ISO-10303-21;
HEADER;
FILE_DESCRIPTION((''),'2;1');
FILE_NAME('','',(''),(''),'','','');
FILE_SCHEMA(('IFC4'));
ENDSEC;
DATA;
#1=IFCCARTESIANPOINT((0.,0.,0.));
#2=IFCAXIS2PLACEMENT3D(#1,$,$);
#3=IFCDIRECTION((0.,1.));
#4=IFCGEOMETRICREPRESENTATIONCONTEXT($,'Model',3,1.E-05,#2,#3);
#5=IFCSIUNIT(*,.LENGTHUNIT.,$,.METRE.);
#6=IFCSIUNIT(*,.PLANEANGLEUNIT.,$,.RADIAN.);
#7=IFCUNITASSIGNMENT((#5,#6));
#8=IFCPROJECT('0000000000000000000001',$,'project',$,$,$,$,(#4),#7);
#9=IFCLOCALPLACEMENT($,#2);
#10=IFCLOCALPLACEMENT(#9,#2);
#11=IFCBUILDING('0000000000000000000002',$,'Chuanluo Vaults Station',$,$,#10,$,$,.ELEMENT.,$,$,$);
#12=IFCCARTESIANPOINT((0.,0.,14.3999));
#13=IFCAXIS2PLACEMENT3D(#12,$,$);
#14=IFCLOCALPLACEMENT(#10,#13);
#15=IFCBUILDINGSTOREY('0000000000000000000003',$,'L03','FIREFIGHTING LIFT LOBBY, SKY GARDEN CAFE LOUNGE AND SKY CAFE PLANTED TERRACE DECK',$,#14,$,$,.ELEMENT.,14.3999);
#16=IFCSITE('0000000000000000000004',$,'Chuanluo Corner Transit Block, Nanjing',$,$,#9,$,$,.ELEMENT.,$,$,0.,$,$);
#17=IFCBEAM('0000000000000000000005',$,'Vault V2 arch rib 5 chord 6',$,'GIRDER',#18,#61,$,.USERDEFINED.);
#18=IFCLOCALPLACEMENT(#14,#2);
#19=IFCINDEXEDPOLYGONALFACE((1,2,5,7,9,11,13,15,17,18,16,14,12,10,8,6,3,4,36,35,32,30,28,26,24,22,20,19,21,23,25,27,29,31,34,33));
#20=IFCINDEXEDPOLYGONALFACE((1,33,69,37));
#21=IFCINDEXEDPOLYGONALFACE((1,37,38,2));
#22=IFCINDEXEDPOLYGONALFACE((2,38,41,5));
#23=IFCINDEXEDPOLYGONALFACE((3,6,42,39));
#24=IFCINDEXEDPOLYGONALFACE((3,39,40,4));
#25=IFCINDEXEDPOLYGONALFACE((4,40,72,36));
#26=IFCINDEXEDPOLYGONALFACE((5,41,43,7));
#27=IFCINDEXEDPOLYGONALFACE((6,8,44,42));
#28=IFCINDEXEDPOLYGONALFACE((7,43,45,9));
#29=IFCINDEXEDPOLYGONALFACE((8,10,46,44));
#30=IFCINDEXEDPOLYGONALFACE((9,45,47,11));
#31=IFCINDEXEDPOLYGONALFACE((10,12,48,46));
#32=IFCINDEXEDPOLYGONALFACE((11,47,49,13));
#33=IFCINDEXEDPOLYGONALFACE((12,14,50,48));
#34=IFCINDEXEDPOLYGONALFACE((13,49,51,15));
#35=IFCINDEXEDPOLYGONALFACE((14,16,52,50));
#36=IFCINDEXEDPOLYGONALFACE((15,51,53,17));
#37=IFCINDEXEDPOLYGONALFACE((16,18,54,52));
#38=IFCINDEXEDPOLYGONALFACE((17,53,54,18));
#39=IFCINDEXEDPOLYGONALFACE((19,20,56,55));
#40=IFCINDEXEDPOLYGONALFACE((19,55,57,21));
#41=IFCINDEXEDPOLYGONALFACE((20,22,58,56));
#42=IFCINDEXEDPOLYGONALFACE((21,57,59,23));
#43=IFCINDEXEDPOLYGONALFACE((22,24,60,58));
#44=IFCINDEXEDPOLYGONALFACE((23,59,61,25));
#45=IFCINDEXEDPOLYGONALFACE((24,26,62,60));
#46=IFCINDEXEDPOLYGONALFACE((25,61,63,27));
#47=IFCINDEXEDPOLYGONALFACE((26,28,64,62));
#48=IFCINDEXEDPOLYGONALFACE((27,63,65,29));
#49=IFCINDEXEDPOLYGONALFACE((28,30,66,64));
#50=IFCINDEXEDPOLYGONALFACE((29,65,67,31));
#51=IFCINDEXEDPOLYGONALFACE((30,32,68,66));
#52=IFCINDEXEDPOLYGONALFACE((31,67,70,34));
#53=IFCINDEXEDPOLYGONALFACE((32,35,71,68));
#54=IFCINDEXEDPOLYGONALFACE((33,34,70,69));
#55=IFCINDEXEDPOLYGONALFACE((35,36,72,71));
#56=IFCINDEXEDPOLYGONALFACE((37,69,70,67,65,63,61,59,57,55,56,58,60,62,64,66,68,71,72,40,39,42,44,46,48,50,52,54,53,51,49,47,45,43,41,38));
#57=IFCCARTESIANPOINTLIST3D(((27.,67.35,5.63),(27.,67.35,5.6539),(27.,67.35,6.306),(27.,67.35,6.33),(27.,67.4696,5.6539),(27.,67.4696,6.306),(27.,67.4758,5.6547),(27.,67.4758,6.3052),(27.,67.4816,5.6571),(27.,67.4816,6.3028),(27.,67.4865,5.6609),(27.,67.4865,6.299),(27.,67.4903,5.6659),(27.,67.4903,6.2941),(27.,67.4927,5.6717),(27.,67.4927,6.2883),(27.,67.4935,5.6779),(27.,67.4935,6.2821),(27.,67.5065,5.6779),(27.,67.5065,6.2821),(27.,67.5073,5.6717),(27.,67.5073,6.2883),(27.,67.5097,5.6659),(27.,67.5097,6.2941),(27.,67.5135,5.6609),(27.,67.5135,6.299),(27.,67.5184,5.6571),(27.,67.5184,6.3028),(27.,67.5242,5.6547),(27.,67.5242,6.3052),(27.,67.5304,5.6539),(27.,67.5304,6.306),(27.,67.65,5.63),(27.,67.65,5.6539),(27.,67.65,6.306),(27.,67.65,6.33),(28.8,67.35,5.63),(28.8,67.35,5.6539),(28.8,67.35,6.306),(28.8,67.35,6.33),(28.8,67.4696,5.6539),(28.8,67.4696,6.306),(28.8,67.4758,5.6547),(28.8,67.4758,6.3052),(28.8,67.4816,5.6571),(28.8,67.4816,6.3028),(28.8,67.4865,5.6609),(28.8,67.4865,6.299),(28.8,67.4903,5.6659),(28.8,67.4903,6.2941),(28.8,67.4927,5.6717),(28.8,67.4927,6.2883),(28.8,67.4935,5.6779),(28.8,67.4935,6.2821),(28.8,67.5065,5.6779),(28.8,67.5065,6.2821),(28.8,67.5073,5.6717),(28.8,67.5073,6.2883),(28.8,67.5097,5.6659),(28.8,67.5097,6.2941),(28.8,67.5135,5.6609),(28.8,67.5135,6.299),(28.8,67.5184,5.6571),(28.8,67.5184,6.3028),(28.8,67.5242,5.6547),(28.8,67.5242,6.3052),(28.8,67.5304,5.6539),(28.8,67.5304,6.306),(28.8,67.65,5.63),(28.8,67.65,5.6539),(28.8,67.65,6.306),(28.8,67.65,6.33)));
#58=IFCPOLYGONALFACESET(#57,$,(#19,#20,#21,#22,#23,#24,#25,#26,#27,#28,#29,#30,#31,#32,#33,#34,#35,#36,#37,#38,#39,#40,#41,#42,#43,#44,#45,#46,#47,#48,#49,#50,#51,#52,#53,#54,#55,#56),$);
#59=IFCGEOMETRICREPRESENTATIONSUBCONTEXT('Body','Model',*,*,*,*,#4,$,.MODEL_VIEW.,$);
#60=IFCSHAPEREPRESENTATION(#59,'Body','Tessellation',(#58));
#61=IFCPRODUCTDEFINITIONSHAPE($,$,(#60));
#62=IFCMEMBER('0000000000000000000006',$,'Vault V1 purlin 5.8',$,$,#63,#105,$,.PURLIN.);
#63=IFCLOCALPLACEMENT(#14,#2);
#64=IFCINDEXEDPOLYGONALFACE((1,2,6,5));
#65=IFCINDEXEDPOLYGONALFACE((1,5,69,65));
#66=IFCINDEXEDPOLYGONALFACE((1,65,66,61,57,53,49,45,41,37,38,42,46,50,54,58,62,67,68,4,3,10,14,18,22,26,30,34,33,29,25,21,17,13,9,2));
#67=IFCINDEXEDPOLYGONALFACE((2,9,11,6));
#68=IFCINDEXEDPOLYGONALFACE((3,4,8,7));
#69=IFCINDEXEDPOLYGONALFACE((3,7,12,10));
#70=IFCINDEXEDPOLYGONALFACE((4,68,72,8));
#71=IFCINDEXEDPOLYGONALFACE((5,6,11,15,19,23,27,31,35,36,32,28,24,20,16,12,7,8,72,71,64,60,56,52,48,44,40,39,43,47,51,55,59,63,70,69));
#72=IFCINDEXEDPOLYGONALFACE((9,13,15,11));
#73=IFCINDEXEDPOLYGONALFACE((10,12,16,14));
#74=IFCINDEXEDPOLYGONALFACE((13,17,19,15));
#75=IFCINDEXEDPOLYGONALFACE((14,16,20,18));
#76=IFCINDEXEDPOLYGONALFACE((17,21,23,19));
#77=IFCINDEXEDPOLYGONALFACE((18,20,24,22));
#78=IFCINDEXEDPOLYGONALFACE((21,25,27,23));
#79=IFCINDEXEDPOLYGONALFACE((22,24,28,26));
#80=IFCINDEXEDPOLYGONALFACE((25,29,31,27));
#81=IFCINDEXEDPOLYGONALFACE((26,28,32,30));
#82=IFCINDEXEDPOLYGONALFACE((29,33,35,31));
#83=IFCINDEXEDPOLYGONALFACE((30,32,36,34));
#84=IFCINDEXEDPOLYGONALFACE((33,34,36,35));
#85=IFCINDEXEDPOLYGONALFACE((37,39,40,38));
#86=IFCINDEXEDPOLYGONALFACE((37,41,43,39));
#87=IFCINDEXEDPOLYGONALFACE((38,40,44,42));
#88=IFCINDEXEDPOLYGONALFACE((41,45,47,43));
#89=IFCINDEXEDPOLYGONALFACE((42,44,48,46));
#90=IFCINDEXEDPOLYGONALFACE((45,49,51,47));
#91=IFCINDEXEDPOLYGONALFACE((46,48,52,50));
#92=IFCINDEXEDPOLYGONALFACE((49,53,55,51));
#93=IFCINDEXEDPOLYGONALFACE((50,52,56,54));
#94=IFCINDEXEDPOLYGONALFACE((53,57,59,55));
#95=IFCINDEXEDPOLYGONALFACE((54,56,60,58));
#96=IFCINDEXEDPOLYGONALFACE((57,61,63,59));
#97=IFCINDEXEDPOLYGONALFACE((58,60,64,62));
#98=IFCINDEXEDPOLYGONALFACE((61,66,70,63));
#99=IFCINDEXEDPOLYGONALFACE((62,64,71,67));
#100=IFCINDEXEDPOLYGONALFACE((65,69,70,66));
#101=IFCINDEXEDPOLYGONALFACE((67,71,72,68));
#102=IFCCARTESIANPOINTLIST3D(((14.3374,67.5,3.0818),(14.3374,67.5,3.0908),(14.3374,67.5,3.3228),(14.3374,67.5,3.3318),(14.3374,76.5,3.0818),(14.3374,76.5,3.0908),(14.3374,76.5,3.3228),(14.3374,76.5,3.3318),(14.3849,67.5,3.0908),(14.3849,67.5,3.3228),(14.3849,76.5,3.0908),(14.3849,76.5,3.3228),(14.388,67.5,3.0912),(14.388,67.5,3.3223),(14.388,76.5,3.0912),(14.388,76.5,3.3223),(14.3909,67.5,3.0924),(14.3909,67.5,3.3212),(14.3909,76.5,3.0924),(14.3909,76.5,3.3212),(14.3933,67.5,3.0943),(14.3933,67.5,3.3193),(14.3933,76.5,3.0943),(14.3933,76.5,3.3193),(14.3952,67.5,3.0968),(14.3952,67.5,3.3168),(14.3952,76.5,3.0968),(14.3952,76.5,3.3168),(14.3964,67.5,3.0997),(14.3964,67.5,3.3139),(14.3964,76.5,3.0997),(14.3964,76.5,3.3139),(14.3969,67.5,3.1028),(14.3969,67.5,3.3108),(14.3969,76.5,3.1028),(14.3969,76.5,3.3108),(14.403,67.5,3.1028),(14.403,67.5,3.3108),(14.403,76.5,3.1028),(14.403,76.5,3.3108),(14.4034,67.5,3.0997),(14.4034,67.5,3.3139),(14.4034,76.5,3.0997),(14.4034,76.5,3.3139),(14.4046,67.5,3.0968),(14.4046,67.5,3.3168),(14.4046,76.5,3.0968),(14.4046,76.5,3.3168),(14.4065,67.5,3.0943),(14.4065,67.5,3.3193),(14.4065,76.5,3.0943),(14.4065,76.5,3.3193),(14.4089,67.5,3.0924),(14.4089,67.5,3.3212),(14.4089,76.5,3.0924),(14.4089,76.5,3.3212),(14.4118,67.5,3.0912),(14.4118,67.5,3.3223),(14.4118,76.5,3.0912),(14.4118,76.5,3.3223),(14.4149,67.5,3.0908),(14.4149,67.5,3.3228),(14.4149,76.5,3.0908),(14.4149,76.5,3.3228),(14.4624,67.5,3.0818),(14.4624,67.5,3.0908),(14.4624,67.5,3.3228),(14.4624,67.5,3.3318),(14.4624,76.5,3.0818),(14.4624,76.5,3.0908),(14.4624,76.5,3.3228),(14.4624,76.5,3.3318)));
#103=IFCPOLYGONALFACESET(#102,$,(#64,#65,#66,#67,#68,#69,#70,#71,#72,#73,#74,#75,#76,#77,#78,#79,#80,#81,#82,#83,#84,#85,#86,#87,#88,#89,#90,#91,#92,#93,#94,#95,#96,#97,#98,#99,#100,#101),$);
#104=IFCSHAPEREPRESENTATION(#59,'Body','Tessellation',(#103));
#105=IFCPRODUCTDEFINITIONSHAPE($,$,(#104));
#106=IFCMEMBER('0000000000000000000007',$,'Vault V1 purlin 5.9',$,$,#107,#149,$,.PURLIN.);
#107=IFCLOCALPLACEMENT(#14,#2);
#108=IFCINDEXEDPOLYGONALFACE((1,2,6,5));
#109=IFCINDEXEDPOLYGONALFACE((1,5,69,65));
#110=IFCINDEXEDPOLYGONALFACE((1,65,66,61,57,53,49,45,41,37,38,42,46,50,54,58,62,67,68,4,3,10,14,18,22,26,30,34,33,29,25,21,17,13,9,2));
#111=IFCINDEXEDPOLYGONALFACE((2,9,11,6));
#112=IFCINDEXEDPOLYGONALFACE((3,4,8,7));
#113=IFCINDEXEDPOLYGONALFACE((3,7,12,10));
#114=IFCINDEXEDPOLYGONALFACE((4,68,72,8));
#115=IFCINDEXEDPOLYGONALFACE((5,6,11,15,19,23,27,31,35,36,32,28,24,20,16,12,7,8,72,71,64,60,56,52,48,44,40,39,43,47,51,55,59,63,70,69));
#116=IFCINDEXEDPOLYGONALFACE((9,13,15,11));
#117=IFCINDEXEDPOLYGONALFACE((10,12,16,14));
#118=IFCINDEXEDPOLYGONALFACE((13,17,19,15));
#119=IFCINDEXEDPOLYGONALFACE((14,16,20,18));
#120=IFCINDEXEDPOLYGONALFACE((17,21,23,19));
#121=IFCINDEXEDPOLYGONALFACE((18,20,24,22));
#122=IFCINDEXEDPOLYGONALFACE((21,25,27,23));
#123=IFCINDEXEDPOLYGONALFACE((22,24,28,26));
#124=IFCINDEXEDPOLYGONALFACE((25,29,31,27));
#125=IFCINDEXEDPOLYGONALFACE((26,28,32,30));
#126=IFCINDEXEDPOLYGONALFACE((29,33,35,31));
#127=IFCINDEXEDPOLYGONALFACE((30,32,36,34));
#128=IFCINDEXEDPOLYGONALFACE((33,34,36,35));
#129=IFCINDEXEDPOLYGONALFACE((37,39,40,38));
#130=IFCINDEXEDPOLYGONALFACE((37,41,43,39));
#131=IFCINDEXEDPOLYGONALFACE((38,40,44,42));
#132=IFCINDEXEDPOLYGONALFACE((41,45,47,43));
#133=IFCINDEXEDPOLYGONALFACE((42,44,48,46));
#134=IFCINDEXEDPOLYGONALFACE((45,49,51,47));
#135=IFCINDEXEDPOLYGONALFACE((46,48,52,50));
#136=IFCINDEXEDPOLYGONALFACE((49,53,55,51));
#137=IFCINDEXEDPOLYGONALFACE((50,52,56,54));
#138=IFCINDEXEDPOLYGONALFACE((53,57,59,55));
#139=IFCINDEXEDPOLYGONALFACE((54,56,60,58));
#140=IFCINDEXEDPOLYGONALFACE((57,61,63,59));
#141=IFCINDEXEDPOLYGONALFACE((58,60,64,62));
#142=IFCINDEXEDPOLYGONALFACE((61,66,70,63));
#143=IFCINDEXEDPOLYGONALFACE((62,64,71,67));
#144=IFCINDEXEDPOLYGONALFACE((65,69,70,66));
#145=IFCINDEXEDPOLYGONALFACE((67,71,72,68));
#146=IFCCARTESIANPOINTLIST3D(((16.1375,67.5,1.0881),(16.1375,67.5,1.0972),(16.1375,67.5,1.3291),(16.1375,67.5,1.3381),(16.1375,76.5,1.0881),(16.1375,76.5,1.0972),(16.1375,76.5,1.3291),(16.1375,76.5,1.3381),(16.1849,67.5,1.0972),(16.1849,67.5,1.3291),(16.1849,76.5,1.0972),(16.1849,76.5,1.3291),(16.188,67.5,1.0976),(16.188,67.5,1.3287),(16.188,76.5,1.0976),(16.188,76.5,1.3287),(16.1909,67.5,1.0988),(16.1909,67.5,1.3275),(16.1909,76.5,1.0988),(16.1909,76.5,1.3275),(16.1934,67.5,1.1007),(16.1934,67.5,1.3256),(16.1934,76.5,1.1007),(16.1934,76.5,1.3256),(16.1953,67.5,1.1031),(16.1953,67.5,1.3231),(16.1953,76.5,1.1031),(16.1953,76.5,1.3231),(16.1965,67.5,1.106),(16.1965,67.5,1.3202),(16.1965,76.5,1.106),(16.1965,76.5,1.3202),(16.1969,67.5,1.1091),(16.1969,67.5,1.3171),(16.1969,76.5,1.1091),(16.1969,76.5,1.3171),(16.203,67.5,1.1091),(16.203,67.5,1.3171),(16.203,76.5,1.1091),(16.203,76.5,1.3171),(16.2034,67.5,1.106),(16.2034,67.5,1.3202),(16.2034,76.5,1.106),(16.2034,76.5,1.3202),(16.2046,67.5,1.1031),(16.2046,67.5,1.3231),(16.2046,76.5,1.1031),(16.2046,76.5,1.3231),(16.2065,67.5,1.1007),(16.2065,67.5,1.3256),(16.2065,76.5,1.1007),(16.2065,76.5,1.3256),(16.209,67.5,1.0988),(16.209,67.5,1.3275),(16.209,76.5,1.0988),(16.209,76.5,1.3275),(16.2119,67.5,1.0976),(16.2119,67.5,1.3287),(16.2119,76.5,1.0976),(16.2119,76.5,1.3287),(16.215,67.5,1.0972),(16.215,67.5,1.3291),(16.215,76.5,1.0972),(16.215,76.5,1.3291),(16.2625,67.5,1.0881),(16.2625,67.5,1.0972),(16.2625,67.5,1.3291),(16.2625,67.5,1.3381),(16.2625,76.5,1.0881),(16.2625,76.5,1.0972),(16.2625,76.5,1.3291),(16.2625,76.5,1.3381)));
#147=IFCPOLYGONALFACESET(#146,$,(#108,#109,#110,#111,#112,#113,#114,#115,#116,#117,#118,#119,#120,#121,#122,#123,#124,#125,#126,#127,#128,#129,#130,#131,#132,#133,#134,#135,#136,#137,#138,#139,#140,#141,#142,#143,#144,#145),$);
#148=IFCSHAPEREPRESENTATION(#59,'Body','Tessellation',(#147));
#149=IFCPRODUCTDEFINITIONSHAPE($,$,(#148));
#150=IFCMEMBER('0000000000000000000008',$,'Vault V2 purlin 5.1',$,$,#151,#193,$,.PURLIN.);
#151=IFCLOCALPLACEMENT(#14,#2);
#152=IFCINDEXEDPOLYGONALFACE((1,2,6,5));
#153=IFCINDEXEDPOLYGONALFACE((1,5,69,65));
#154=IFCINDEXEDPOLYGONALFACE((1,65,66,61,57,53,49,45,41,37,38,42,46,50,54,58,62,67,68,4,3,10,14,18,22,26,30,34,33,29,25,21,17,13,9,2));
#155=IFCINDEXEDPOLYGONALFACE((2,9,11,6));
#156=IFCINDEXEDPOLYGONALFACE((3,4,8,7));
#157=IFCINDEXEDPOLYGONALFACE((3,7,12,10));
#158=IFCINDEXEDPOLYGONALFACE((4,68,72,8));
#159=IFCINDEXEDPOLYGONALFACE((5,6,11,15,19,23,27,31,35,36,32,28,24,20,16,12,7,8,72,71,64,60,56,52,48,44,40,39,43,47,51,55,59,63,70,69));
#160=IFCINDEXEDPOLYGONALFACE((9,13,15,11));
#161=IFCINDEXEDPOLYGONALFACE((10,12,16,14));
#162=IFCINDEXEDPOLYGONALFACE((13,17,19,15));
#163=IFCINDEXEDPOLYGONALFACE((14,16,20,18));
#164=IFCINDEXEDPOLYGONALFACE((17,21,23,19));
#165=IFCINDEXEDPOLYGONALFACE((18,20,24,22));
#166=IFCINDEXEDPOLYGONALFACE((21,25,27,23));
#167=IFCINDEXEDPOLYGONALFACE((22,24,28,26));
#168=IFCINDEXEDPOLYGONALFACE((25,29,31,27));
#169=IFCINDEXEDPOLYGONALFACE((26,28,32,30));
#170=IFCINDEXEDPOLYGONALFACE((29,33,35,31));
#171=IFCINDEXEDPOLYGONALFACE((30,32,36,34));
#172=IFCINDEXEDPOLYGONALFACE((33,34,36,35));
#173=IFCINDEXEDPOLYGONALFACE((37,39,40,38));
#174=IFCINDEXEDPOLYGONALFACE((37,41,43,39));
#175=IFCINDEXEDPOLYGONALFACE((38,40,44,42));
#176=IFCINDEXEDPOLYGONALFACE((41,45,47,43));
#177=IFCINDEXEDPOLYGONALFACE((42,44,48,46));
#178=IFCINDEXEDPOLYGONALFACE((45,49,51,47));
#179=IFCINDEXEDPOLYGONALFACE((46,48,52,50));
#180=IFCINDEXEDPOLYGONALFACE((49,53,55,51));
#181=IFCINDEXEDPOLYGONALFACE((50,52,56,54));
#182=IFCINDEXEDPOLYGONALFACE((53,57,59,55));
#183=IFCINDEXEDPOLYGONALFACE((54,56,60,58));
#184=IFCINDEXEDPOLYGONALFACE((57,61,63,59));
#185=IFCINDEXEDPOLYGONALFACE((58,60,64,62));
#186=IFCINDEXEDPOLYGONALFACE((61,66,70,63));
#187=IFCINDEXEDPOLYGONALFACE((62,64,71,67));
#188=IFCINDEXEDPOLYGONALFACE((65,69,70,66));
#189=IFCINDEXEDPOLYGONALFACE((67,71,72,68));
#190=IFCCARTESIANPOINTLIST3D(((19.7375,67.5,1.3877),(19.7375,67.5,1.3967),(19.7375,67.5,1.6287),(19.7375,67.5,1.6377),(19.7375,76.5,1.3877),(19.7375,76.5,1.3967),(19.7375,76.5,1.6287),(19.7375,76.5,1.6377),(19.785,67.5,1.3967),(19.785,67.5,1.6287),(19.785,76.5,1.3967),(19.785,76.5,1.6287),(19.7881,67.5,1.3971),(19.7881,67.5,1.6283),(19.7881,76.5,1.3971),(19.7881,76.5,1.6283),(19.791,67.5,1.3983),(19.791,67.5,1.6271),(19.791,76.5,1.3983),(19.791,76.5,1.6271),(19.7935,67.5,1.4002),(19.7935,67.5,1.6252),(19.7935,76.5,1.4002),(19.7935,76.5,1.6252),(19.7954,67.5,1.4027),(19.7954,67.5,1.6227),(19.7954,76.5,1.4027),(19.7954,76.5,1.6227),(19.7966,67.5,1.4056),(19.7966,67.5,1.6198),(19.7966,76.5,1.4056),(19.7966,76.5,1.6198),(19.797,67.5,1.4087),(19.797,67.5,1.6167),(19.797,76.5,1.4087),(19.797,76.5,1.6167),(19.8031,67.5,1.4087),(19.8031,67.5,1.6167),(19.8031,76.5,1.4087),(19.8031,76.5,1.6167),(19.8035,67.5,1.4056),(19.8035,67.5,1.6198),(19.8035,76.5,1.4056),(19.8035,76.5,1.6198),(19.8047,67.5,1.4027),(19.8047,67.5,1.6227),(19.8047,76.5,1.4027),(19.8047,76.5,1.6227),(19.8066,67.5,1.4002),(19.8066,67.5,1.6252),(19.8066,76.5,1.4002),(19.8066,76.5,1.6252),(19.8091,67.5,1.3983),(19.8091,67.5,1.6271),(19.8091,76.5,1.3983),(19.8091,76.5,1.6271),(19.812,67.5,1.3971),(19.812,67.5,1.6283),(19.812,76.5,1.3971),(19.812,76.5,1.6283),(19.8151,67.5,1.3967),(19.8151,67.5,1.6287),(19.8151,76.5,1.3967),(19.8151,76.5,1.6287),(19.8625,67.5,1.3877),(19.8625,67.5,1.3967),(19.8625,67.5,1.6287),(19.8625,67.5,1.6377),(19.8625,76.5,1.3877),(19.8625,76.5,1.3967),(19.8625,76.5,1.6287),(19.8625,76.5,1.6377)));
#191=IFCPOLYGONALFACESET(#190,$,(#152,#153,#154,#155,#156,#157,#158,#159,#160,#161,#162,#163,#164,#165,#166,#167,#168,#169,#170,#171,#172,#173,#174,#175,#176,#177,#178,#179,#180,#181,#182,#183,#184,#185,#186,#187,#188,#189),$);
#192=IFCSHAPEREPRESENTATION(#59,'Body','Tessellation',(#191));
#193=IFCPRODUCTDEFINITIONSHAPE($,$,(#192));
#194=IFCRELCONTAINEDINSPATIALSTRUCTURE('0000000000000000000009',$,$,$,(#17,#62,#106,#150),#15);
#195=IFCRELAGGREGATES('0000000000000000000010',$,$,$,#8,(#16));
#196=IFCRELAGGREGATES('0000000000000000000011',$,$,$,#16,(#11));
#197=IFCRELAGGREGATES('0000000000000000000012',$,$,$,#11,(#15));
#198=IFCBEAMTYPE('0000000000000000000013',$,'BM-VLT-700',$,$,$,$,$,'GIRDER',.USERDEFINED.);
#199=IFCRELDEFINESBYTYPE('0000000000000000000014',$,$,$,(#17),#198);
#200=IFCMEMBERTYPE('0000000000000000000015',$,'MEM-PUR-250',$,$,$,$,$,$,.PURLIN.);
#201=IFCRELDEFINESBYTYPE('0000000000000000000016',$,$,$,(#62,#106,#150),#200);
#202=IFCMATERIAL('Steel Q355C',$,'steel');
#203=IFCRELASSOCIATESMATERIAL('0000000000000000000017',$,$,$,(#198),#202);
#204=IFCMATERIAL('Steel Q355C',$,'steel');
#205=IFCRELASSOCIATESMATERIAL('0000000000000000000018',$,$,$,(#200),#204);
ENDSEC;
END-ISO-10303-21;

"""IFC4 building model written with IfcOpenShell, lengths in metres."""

from ifc_helpers import new_model, si_unit, direction, frame, origin, origin_2d, place, context, subcontext, project, spatial, i_section, extrude, material, material_profile, profile_set, type_object, element, save


model = new_model("IFC4")

# Units and contexts
model_context = context("Model", 3, precision=1e-05, world=origin(), true_north=direction((0.0, 1.0)))
body_context = subcontext(model_context, "Body", "Model", "MODEL_VIEW")
ifc_project = project(units=[si_unit("LENGTHUNIT", "METRE"), si_unit("PLANEANGLEUNIT", "RADIAN")], contexts=[model_context])

# Site, building, storey
site_placement = place(None, origin())
site = spatial("IfcSite", under=ifc_project, at=site_placement, Name="Chuanluo Corner Transit Block, Nanjing", CompositionType="ELEMENT", RefElevation=0.0)
building_placement = place(site_placement, origin())
building = spatial("IfcBuilding", under=site, at=building_placement, Name="Chuanluo Vaults Station", CompositionType="ELEMENT")
storey_placement = place(building_placement, frame((0.0, 0.0, 14.3999)))
storey = spatial("IfcBuildingStorey", under=building, at=storey_placement, Name="L03", Description="FIREFIGHTING LIFT LOBBY, SKY GARDEN CAFE LOUNGE AND SKY CAFE PLANTED TERRACE DECK", CompositionType="ELEMENT", Elevation=14.3999)

# Beam
ifc_material_1 = material(Name="Steel Q355C", Category="steel")
ifc_material_profile_1 = material_profile(ifc_material_1, i_section(OverallWidth=0.3, OverallDepth=0.7, WebThickness=0.0129, FlangeThickness=0.0239, FilletRadius=0.0239, at=origin_2d()))
ifc_profile_set_1 = profile_set([ifc_material_profile_1], Name="Steel Q355C")
beam_type_1 = type_object("IfcBeamType", Name="BM-VLT-700", ElementType="GIRDER", PredefinedType="USERDEFINED", material=ifc_profile_set_1)
for number, where, z_axis, x_axis, name in (
    (1, (27.0, 67.5, 5.98), (1.0, 0.0, 0.0), (0.0, 1.0, 0.0), "Vault V2 arch rib 5 chord 6"),
):
    element("IfcBeam", number, at=place(storey_placement, frame(where, z_axis=z_axis, x_axis=x_axis)), inside=storey, type_object=beam_type_1, Name=name, ObjectType="GIRDER", PredefinedType="USERDEFINED", context=body_context, shape_type="SweptSolid", body=[
        extrude(i_section(OverallWidth=0.3, OverallDepth=0.7, WebThickness=0.0129, FlangeThickness=0.0239, FilletRadius=0.0239, at=origin_2d()), origin(), (0.0, 0.0, 1.0), 1.8),
    ])

# Members
ifc_material_2 = material(Name="Steel Q355C", Category="steel")
ifc_material_profile_2 = material_profile(ifc_material_2, i_section(OverallWidth=0.125, OverallDepth=0.25, WebThickness=0.0061, FlangeThickness=0.009, FilletRadius=0.012, at=origin_2d()))
ifc_profile_set_2 = profile_set([ifc_material_profile_2], Name="Steel Q355C")
member_type_1 = type_object("IfcMemberType", Name="MEM-PUR-250", PredefinedType="PURLIN", material=ifc_profile_set_2)
for number, where, z_axis, x_axis, name in (
    (2, (14.3999, 67.5, 3.2068), (0.0, 1.0, 0.0), (-1.0, 0.0, 0.0), "Vault V1 purlin 5.8"),
    (3, (16.2, 67.5, 1.2131), (0.0, 1.0, 0.0), (-1.0, 0.0, 0.0), "Vault V1 purlin 5.9"),
    (4, (19.8, 67.5, 1.5127), (0.0, 1.0, 0.0), (-1.0, 0.0, 0.0), "Vault V2 purlin 5.1"),
):
    element("IfcMember", number, at=place(storey_placement, frame(where, z_axis=z_axis, x_axis=x_axis)), inside=storey, type_object=member_type_1, Name=name, PredefinedType="PURLIN", context=body_context, shape_type="SweptSolid", body=[
        extrude(i_section(OverallWidth=0.125, OverallDepth=0.25, WebThickness=0.0061, FlangeThickness=0.009, FilletRadius=0.012, at=origin_2d()), origin(), (0.0, 0.0, 1.0), 9.0),
    ])

save(model, "model.ifc")
